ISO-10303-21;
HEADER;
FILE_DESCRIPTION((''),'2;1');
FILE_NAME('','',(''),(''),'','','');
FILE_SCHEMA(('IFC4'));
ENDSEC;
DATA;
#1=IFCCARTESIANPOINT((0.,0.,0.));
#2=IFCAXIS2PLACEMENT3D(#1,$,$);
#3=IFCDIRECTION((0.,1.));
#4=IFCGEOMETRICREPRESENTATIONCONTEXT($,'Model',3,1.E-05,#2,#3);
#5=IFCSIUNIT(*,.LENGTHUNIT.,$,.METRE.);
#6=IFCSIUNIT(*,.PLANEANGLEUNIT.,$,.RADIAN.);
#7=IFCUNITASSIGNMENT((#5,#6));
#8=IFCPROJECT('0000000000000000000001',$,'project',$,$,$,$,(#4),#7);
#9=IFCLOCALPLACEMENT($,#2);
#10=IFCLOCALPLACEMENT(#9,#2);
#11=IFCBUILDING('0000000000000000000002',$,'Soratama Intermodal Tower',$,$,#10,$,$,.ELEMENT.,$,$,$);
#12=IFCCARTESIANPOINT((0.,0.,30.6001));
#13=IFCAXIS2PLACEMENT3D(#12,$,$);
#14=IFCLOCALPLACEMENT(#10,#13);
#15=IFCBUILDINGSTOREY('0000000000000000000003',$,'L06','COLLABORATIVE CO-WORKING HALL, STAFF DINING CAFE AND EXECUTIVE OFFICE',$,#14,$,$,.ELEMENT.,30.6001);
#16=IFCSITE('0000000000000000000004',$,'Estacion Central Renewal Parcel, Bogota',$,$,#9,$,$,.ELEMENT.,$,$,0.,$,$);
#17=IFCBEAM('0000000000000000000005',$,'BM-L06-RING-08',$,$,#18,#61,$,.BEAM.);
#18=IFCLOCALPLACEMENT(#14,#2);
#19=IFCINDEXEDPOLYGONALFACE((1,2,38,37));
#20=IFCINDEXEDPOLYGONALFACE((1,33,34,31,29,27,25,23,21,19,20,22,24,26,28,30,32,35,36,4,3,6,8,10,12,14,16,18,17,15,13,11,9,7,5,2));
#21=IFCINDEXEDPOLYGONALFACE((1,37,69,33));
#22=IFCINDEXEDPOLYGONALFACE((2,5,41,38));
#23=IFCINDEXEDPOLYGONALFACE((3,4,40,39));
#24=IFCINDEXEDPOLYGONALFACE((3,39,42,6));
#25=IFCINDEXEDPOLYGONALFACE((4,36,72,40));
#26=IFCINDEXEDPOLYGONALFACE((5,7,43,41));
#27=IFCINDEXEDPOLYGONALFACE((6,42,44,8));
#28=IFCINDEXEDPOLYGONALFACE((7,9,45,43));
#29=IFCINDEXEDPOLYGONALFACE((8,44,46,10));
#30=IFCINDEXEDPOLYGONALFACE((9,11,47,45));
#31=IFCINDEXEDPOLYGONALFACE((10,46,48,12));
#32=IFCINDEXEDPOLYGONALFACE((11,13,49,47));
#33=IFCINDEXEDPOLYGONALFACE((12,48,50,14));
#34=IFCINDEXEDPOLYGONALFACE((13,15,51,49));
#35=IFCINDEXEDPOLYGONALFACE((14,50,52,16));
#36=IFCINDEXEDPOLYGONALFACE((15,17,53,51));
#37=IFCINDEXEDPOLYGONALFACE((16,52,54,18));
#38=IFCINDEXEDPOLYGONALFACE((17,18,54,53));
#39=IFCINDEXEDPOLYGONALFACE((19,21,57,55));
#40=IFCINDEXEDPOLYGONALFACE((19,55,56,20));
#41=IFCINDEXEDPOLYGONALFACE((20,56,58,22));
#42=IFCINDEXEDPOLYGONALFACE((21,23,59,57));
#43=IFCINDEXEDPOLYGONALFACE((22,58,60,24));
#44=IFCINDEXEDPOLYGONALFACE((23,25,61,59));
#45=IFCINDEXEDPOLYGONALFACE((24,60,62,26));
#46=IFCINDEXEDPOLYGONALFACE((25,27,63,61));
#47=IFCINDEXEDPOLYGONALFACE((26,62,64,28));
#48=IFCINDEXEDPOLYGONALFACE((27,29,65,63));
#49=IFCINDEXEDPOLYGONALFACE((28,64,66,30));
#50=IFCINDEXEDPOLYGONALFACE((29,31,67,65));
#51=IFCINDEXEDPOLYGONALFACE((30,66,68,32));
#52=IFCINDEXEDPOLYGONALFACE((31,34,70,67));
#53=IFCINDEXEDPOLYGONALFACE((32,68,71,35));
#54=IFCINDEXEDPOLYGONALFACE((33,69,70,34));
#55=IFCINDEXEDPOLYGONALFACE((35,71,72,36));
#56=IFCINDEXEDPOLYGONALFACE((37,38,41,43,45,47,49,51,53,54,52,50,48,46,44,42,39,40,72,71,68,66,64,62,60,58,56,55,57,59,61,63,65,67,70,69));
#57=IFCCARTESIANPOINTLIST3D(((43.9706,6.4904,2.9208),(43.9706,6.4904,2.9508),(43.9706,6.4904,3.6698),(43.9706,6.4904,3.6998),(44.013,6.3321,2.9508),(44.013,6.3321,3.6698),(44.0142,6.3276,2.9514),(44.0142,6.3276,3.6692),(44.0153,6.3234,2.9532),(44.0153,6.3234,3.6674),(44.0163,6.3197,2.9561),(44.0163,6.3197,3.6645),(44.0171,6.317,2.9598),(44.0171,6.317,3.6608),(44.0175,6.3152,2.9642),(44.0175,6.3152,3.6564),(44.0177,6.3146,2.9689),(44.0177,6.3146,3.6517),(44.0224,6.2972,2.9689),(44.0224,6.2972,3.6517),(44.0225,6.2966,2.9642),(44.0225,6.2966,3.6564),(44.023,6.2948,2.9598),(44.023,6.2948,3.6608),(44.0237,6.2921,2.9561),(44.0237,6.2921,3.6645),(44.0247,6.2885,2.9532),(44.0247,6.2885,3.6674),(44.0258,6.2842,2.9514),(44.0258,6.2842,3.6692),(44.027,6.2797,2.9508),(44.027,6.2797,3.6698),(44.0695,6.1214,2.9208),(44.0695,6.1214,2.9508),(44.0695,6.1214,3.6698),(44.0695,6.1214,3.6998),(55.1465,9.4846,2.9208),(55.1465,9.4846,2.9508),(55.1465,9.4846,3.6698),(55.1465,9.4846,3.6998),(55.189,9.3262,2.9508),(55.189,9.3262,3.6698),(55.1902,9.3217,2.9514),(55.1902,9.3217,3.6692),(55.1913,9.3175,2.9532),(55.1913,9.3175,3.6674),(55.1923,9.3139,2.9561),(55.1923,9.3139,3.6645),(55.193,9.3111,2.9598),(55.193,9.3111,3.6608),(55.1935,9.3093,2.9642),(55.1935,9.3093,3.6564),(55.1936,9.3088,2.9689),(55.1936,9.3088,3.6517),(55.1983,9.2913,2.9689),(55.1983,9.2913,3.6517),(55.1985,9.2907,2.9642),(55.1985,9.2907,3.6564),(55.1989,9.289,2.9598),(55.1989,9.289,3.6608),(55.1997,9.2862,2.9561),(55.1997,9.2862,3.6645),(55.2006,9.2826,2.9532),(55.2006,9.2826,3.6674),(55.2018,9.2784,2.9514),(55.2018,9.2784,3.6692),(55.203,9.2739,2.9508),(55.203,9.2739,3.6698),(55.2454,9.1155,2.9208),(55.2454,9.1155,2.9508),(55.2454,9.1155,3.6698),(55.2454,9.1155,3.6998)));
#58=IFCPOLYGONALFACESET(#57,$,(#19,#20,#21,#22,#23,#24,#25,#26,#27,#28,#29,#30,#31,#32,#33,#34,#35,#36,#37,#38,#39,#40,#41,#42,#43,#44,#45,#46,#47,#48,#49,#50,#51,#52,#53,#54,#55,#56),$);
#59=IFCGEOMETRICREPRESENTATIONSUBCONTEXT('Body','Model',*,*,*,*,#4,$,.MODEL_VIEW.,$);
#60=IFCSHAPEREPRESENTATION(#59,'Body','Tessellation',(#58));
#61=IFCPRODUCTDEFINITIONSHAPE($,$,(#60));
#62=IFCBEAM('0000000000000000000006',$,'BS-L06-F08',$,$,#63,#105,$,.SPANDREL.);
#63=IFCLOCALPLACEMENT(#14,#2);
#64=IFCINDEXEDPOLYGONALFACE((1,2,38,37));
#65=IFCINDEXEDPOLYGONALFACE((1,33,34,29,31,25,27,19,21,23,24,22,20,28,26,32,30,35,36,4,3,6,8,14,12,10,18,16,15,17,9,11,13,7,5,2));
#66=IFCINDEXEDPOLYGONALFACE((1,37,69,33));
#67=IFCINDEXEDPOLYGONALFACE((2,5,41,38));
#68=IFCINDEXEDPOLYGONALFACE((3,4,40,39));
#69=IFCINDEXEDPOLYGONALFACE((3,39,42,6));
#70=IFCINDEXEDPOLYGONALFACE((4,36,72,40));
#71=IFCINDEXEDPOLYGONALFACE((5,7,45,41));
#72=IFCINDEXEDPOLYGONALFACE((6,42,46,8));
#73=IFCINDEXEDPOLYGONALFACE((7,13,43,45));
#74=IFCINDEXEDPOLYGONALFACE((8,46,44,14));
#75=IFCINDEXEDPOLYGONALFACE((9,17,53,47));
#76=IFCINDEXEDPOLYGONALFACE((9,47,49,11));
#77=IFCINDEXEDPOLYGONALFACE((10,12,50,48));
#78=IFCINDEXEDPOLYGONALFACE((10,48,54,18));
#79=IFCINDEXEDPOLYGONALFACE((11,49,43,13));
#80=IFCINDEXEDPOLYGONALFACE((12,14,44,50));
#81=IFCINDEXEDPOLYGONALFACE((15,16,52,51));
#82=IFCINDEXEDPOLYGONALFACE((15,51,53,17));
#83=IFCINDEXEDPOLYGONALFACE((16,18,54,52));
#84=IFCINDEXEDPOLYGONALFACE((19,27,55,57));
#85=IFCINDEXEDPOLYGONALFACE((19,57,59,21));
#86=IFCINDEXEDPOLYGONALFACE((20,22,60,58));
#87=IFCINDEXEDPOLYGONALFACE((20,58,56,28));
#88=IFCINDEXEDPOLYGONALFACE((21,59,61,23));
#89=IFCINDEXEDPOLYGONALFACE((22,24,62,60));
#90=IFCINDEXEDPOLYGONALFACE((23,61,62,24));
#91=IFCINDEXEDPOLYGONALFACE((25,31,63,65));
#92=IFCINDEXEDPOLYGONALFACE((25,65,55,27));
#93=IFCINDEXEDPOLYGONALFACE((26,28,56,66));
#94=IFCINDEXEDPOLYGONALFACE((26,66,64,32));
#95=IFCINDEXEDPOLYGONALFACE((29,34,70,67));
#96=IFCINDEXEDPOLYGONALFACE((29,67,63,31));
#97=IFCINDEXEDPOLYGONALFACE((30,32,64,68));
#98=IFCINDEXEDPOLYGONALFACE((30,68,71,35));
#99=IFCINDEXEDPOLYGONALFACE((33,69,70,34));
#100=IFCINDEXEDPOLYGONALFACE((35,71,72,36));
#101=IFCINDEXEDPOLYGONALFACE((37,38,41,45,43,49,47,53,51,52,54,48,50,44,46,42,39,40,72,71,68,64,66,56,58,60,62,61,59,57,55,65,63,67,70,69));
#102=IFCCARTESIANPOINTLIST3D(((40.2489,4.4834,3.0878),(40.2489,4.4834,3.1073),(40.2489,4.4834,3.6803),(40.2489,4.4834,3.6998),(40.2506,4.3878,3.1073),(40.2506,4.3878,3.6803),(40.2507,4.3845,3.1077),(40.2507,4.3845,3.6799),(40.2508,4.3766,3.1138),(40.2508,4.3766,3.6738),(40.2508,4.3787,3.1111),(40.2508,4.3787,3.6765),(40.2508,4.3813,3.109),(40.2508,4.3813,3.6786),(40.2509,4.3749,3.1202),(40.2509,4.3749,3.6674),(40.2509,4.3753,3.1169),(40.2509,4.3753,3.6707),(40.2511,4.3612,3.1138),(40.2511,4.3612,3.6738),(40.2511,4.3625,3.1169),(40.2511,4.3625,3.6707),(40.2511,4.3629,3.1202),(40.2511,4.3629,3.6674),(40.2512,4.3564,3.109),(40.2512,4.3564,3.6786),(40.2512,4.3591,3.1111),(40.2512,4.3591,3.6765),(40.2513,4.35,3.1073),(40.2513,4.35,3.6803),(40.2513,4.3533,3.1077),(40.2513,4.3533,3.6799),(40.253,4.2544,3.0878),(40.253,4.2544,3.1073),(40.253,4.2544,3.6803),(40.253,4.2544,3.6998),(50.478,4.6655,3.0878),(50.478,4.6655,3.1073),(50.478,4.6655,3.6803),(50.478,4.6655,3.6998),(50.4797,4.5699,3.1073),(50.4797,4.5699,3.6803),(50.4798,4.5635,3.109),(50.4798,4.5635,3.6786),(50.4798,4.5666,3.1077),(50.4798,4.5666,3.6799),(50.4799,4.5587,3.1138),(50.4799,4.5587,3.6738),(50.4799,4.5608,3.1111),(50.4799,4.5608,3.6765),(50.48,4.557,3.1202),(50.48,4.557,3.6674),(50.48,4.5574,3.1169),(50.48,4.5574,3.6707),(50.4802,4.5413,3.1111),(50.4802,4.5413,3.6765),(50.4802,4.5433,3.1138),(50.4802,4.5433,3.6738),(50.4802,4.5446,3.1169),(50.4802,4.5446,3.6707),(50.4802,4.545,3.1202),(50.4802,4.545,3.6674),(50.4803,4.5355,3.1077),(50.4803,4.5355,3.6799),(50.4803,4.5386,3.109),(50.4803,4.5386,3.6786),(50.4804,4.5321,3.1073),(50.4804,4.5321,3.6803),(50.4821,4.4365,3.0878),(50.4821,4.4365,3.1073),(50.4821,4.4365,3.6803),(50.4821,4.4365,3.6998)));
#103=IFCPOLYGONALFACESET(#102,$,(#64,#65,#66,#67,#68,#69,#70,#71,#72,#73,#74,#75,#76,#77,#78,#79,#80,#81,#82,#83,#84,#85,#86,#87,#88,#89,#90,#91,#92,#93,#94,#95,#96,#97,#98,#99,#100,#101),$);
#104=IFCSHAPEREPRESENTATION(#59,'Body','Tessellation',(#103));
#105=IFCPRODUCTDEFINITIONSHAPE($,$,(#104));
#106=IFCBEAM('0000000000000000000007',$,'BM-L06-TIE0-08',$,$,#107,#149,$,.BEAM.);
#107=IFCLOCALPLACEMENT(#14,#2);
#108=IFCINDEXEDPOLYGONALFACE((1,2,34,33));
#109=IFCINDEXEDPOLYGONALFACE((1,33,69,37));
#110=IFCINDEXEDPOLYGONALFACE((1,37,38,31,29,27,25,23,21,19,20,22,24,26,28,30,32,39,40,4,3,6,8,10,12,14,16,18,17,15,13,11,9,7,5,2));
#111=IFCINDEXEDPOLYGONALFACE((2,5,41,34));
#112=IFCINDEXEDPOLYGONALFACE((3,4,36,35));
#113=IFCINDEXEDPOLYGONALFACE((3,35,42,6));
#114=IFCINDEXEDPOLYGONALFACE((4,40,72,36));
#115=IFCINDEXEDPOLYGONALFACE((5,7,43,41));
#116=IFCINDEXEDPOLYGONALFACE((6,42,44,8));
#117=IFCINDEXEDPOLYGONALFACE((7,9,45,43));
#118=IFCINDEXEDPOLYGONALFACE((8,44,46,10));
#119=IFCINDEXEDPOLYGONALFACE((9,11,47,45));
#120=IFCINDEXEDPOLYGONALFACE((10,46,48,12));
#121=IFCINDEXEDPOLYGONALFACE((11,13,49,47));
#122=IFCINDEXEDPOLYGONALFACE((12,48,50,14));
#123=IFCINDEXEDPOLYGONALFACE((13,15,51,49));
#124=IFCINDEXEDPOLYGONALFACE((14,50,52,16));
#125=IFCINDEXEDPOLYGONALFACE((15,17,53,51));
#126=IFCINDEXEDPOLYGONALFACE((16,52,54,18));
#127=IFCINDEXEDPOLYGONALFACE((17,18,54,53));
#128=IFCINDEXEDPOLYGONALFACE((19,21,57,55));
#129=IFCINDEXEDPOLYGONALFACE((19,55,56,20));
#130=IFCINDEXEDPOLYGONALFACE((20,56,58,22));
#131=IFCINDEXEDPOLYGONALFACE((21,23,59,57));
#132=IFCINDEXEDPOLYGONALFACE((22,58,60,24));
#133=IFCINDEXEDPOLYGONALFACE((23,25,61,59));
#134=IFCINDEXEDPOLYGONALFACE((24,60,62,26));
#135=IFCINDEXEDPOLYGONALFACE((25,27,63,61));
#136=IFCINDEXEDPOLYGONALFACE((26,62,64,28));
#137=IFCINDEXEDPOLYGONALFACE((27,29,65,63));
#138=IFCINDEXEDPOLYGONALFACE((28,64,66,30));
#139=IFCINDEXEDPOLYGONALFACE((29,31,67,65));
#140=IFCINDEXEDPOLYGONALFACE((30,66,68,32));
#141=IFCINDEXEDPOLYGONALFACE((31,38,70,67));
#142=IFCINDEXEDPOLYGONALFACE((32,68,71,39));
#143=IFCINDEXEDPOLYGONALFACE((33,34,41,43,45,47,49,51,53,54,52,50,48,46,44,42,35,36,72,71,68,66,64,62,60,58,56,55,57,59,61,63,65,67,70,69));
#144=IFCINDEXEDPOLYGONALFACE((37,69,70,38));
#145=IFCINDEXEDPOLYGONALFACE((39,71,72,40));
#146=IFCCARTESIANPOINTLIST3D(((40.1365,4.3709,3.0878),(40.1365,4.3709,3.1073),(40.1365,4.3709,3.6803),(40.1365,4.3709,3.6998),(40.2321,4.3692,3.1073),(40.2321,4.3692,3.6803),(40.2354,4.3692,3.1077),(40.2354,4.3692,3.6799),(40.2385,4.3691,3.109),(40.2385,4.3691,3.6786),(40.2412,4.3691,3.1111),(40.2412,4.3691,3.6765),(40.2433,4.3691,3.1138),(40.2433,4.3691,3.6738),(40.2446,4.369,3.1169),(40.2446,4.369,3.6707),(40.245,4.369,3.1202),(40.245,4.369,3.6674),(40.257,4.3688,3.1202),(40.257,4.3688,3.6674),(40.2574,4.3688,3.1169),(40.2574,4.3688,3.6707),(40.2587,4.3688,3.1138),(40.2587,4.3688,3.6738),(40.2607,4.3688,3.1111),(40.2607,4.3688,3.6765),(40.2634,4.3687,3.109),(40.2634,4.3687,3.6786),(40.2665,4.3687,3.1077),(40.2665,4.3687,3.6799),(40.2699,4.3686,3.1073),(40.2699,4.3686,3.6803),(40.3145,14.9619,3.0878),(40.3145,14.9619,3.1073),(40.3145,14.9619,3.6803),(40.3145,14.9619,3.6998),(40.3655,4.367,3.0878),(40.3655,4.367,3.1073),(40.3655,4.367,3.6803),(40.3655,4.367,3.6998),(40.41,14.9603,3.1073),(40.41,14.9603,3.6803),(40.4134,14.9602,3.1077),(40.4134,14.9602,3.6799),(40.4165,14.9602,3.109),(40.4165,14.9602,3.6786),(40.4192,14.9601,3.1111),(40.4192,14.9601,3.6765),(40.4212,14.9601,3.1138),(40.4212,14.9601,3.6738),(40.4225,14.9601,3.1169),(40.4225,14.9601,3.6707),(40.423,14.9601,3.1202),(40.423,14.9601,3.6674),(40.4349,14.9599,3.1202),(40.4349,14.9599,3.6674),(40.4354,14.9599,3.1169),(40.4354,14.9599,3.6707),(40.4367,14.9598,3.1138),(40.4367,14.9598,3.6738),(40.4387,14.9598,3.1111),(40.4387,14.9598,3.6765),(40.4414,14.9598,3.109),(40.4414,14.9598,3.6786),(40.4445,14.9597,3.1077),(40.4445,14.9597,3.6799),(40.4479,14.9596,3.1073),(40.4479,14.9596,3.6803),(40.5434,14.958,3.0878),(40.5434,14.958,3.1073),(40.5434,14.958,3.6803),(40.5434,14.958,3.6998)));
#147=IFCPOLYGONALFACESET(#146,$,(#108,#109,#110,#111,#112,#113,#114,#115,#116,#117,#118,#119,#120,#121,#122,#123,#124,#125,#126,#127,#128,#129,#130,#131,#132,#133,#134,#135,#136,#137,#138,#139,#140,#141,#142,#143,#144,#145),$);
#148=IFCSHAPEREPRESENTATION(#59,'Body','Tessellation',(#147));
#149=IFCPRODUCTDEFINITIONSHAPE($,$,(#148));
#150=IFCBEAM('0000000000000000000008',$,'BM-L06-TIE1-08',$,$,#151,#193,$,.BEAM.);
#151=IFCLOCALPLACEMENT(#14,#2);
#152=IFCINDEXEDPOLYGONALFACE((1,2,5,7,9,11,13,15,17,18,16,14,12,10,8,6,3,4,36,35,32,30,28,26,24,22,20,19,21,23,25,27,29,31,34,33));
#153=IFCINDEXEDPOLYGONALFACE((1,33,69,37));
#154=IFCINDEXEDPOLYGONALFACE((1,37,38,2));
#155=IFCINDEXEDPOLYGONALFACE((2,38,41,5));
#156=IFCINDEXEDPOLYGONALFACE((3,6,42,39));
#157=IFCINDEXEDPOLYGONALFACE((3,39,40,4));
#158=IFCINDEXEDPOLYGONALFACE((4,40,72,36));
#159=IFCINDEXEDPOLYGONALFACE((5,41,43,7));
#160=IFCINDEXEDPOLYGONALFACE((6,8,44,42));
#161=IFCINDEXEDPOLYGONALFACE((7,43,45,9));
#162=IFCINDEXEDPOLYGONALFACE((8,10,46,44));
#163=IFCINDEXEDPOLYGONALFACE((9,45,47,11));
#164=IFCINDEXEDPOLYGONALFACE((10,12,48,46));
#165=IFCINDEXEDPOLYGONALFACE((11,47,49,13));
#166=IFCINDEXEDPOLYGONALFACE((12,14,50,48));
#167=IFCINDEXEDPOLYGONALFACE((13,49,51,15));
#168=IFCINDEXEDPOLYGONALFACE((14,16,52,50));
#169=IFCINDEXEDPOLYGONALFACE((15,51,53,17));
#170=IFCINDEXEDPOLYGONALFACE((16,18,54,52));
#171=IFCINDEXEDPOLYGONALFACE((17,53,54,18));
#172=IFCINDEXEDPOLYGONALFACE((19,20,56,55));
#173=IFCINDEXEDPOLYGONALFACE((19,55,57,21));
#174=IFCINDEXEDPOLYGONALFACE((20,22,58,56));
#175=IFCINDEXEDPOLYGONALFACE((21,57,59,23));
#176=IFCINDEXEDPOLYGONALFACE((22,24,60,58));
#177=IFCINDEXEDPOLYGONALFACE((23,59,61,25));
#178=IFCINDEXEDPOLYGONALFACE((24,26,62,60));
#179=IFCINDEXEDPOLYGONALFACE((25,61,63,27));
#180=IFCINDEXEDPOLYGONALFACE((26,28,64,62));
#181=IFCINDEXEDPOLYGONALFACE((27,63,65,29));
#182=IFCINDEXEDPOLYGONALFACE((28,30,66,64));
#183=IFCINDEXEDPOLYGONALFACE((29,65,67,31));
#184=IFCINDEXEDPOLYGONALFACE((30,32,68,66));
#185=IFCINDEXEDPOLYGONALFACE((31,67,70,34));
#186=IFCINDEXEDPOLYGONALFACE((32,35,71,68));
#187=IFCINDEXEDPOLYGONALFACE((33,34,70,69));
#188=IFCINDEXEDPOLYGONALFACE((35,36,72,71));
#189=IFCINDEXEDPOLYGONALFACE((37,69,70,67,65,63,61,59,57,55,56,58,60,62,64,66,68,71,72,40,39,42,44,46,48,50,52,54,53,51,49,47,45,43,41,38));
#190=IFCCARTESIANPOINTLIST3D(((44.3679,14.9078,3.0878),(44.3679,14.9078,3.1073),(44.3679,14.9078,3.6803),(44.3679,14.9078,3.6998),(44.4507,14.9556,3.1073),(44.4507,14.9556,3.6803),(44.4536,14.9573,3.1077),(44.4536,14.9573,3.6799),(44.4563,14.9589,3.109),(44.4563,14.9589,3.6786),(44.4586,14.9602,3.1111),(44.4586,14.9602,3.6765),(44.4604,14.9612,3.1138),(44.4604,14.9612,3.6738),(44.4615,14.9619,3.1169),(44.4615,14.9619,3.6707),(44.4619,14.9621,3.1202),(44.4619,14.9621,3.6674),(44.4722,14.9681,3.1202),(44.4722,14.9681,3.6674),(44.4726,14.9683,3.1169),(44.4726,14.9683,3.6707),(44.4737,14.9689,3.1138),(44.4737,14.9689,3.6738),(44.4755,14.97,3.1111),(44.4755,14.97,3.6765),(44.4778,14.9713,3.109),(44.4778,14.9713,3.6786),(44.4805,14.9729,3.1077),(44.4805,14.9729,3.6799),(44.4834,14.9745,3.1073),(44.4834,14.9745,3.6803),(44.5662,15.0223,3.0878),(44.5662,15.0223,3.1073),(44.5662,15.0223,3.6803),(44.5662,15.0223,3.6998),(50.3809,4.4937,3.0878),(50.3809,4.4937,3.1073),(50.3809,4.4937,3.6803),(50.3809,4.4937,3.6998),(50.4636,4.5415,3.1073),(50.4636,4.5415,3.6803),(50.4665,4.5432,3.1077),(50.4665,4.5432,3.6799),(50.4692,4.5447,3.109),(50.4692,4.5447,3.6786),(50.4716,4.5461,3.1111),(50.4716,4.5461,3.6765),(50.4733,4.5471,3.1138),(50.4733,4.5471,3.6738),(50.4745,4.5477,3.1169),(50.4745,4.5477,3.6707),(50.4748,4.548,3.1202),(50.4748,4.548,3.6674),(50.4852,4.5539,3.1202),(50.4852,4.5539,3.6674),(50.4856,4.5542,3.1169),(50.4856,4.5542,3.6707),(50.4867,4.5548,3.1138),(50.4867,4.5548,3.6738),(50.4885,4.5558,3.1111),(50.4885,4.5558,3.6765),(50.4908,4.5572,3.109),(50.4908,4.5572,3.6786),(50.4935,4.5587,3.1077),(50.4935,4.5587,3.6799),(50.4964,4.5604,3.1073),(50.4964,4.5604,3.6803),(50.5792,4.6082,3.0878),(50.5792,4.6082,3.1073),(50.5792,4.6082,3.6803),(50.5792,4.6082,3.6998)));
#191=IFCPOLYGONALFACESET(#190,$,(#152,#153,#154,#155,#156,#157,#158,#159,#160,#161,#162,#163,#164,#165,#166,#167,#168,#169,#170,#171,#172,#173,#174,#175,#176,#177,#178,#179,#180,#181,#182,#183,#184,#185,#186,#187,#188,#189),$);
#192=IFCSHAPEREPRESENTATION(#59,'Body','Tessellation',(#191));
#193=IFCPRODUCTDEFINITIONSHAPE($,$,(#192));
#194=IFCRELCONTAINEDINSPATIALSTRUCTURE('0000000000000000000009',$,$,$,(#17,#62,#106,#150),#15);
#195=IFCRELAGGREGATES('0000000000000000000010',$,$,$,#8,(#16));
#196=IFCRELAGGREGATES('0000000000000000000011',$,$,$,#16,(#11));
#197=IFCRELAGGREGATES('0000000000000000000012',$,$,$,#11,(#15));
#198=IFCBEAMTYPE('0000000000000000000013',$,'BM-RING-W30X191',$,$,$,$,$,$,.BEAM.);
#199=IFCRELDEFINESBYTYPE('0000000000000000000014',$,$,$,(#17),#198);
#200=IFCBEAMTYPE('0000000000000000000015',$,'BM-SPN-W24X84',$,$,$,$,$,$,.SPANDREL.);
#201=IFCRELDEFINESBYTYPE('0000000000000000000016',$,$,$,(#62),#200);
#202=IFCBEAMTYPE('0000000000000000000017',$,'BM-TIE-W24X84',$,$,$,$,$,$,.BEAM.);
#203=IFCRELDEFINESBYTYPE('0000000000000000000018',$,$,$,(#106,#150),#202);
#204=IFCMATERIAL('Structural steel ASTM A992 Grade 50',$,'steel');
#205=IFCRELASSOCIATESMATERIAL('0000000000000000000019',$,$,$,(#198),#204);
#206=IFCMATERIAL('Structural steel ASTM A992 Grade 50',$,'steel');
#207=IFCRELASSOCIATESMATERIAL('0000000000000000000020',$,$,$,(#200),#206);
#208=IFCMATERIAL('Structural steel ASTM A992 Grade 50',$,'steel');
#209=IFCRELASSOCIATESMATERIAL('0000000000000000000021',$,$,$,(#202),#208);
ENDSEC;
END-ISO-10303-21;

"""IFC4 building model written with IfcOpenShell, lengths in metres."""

from ifc_helpers import new_model, si_unit, direction, frame, origin, origin_2d, place, context, subcontext, project, spatial, i_section, extrude, material, material_profile, profile_set, type_object, element, save


model = new_model("IFC4")

# Units and contexts
model_context = context("Model", 3, precision=1e-05, world=origin(), true_north=direction((0.0, 1.0)))
body_context = subcontext(model_context, "Body", "Model", "MODEL_VIEW")
ifc_project = project(units=[si_unit("LENGTHUNIT", "METRE"), si_unit("PLANEANGLEUNIT", "RADIAN")], contexts=[model_context])

# Site, building, storey
site_placement = place(None, origin())
site = spatial("IfcSite", under=ifc_project, at=site_placement, Name="Estacion Central Renewal Parcel, Bogota", CompositionType="ELEMENT", RefElevation=0.0)
building_placement = place(site_placement, origin())
building = spatial("IfcBuilding", under=site, at=building_placement, Name="Soratama Intermodal Tower", CompositionType="ELEMENT")
storey_placement = place(building_placement, frame((0.0, 0.0, 30.6001)))
storey = spatial("IfcBuildingStorey", under=building, at=storey_placement, Name="L06", Description="COLLABORATIVE CO-WORKING HALL, STAFF DINING CAFE AND EXECUTIVE OFFICE", CompositionType="ELEMENT", Elevation=30.6001)

# Beams
ifc_material_1 = material(Name="Structural steel ASTM A992 Grade 50", Category="steel")
ifc_material_profile_1 = material_profile(ifc_material_1, i_section(OverallWidth=0.3821, OverallDepth=0.7791, WebThickness=0.0181, FlangeThickness=0.03, FilletRadius=0.0181, at=origin_2d()), Name="W30X191")
ifc_profile_set_1 = profile_set([ifc_material_profile_1], Name="Structural steel ASTM A992 Grade 50")
beam_type_1 = type_object("IfcBeamType", Name="BM-RING-W30X191", PredefinedType="BEAM", material=ifc_profile_set_1)
beam_1_placement = place(storey_placement, frame((44.02, 6.3059, 3.3103), z_axis=(0.965936, 0.258781, 0.0), x_axis=(-0.258781, 0.965936, 0.0)))
element("IfcBeam", 1, at=beam_1_placement, inside=storey, type_object=beam_type_1, Name="BM-L06-RING-08", PredefinedType="BEAM", context=body_context, shape_type="SweptSolid", body=[
    extrude(i_section(OverallWidth=0.3821, OverallDepth=0.7791, WebThickness=0.0181, FlangeThickness=0.03, FilletRadius=0.0181, at=origin_2d()), origin(), (0.0, 0.0, 1.0), 11.5701),
])
ifc_material_2 = material(Name="Structural steel ASTM A992 Grade 50", Category="steel")
ifc_material_profile_2 = material_profile(ifc_material_2, i_section(OverallWidth=0.229, OverallDepth=0.6121, WebThickness=0.012, FlangeThickness=0.0195, FilletRadius=0.0129, at=origin_2d()), Name="W24X84")
ifc_profile_set_2 = profile_set([ifc_material_profile_2], Name="Structural steel ASTM A992 Grade 50")
beam_type_2 = type_object("IfcBeamType", Name="BM-SPN-W24X84", PredefinedType="SPANDREL", material=ifc_profile_set_2)
beam_2_placement = place(storey_placement, frame((40.251, 4.3689, 3.3938), z_axis=(0.999842, 0.017802, 0.0), x_axis=(-0.017802, 0.999842, 0.0)))
element("IfcBeam", 2, at=beam_2_placement, inside=storey, type_object=beam_type_2, Name="BS-L06-F08", PredefinedType="SPANDREL", context=body_context, shape_type="SweptSolid", body=[
    extrude(i_section(OverallWidth=0.229, OverallDepth=0.6121, WebThickness=0.012, FlangeThickness=0.0195, FilletRadius=0.0129, at=origin_2d()), origin(), (0.0, 0.0, 1.0), 10.2307),
])
ifc_material_3 = material(Name="Structural steel ASTM A992 Grade 50", Category="steel")
ifc_material_profile_3 = material_profile(ifc_material_3, i_section(OverallWidth=0.229, OverallDepth=0.6121, WebThickness=0.012, FlangeThickness=0.0195, FilletRadius=0.0129, at=origin_2d()), Name="W24X84")
ifc_profile_set_3 = profile_set([ifc_material_profile_3], Name="Structural steel ASTM A992 Grade 50")
beam_type_3 = type_object("IfcBeamType", Name="BM-TIE-W24X84", PredefinedType="BEAM", material=ifc_profile_set_3)
beam_3_placement = place(storey_placement, frame((40.429, 14.96, 3.3938), z_axis=(-0.016802, -0.999859, 0.0), x_axis=(0.999859, -0.016802, 0.0)))
element("IfcBeam", 3, at=beam_3_placement, inside=storey, type_object=beam_type_3, Name="BM-L06-TIE0-08", PredefinedType="BEAM", context=body_context, shape_type="SweptSolid", body=[
    extrude(i_section(OverallWidth=0.229, OverallDepth=0.6121, WebThickness=0.012, FlangeThickness=0.0195, FilletRadius=0.0129, at=origin_2d()), origin(), (0.0, 0.0, 1.0), 10.5925),
])
beam_4_placement = place(storey_placement, frame((44.467, 14.9651, 3.3938), z_axis=(0.500024, -0.866012, 0.0), x_axis=(0.866012, 0.500024, 0.0)))
element("IfcBeam", 4, at=beam_4_placement, inside=storey, type_object=beam_type_3, Name="BM-L06-TIE1-08", PredefinedType="BEAM", context=body_context, shape_type="SweptSolid", body=[
    extrude(i_section(OverallWidth=0.229, OverallDepth=0.6121, WebThickness=0.012, FlangeThickness=0.0195, FilletRadius=0.0129, at=origin_2d()), origin(), (0.0, 0.0, 1.0), 12.0254),
])

save(model, "model.ifc")
